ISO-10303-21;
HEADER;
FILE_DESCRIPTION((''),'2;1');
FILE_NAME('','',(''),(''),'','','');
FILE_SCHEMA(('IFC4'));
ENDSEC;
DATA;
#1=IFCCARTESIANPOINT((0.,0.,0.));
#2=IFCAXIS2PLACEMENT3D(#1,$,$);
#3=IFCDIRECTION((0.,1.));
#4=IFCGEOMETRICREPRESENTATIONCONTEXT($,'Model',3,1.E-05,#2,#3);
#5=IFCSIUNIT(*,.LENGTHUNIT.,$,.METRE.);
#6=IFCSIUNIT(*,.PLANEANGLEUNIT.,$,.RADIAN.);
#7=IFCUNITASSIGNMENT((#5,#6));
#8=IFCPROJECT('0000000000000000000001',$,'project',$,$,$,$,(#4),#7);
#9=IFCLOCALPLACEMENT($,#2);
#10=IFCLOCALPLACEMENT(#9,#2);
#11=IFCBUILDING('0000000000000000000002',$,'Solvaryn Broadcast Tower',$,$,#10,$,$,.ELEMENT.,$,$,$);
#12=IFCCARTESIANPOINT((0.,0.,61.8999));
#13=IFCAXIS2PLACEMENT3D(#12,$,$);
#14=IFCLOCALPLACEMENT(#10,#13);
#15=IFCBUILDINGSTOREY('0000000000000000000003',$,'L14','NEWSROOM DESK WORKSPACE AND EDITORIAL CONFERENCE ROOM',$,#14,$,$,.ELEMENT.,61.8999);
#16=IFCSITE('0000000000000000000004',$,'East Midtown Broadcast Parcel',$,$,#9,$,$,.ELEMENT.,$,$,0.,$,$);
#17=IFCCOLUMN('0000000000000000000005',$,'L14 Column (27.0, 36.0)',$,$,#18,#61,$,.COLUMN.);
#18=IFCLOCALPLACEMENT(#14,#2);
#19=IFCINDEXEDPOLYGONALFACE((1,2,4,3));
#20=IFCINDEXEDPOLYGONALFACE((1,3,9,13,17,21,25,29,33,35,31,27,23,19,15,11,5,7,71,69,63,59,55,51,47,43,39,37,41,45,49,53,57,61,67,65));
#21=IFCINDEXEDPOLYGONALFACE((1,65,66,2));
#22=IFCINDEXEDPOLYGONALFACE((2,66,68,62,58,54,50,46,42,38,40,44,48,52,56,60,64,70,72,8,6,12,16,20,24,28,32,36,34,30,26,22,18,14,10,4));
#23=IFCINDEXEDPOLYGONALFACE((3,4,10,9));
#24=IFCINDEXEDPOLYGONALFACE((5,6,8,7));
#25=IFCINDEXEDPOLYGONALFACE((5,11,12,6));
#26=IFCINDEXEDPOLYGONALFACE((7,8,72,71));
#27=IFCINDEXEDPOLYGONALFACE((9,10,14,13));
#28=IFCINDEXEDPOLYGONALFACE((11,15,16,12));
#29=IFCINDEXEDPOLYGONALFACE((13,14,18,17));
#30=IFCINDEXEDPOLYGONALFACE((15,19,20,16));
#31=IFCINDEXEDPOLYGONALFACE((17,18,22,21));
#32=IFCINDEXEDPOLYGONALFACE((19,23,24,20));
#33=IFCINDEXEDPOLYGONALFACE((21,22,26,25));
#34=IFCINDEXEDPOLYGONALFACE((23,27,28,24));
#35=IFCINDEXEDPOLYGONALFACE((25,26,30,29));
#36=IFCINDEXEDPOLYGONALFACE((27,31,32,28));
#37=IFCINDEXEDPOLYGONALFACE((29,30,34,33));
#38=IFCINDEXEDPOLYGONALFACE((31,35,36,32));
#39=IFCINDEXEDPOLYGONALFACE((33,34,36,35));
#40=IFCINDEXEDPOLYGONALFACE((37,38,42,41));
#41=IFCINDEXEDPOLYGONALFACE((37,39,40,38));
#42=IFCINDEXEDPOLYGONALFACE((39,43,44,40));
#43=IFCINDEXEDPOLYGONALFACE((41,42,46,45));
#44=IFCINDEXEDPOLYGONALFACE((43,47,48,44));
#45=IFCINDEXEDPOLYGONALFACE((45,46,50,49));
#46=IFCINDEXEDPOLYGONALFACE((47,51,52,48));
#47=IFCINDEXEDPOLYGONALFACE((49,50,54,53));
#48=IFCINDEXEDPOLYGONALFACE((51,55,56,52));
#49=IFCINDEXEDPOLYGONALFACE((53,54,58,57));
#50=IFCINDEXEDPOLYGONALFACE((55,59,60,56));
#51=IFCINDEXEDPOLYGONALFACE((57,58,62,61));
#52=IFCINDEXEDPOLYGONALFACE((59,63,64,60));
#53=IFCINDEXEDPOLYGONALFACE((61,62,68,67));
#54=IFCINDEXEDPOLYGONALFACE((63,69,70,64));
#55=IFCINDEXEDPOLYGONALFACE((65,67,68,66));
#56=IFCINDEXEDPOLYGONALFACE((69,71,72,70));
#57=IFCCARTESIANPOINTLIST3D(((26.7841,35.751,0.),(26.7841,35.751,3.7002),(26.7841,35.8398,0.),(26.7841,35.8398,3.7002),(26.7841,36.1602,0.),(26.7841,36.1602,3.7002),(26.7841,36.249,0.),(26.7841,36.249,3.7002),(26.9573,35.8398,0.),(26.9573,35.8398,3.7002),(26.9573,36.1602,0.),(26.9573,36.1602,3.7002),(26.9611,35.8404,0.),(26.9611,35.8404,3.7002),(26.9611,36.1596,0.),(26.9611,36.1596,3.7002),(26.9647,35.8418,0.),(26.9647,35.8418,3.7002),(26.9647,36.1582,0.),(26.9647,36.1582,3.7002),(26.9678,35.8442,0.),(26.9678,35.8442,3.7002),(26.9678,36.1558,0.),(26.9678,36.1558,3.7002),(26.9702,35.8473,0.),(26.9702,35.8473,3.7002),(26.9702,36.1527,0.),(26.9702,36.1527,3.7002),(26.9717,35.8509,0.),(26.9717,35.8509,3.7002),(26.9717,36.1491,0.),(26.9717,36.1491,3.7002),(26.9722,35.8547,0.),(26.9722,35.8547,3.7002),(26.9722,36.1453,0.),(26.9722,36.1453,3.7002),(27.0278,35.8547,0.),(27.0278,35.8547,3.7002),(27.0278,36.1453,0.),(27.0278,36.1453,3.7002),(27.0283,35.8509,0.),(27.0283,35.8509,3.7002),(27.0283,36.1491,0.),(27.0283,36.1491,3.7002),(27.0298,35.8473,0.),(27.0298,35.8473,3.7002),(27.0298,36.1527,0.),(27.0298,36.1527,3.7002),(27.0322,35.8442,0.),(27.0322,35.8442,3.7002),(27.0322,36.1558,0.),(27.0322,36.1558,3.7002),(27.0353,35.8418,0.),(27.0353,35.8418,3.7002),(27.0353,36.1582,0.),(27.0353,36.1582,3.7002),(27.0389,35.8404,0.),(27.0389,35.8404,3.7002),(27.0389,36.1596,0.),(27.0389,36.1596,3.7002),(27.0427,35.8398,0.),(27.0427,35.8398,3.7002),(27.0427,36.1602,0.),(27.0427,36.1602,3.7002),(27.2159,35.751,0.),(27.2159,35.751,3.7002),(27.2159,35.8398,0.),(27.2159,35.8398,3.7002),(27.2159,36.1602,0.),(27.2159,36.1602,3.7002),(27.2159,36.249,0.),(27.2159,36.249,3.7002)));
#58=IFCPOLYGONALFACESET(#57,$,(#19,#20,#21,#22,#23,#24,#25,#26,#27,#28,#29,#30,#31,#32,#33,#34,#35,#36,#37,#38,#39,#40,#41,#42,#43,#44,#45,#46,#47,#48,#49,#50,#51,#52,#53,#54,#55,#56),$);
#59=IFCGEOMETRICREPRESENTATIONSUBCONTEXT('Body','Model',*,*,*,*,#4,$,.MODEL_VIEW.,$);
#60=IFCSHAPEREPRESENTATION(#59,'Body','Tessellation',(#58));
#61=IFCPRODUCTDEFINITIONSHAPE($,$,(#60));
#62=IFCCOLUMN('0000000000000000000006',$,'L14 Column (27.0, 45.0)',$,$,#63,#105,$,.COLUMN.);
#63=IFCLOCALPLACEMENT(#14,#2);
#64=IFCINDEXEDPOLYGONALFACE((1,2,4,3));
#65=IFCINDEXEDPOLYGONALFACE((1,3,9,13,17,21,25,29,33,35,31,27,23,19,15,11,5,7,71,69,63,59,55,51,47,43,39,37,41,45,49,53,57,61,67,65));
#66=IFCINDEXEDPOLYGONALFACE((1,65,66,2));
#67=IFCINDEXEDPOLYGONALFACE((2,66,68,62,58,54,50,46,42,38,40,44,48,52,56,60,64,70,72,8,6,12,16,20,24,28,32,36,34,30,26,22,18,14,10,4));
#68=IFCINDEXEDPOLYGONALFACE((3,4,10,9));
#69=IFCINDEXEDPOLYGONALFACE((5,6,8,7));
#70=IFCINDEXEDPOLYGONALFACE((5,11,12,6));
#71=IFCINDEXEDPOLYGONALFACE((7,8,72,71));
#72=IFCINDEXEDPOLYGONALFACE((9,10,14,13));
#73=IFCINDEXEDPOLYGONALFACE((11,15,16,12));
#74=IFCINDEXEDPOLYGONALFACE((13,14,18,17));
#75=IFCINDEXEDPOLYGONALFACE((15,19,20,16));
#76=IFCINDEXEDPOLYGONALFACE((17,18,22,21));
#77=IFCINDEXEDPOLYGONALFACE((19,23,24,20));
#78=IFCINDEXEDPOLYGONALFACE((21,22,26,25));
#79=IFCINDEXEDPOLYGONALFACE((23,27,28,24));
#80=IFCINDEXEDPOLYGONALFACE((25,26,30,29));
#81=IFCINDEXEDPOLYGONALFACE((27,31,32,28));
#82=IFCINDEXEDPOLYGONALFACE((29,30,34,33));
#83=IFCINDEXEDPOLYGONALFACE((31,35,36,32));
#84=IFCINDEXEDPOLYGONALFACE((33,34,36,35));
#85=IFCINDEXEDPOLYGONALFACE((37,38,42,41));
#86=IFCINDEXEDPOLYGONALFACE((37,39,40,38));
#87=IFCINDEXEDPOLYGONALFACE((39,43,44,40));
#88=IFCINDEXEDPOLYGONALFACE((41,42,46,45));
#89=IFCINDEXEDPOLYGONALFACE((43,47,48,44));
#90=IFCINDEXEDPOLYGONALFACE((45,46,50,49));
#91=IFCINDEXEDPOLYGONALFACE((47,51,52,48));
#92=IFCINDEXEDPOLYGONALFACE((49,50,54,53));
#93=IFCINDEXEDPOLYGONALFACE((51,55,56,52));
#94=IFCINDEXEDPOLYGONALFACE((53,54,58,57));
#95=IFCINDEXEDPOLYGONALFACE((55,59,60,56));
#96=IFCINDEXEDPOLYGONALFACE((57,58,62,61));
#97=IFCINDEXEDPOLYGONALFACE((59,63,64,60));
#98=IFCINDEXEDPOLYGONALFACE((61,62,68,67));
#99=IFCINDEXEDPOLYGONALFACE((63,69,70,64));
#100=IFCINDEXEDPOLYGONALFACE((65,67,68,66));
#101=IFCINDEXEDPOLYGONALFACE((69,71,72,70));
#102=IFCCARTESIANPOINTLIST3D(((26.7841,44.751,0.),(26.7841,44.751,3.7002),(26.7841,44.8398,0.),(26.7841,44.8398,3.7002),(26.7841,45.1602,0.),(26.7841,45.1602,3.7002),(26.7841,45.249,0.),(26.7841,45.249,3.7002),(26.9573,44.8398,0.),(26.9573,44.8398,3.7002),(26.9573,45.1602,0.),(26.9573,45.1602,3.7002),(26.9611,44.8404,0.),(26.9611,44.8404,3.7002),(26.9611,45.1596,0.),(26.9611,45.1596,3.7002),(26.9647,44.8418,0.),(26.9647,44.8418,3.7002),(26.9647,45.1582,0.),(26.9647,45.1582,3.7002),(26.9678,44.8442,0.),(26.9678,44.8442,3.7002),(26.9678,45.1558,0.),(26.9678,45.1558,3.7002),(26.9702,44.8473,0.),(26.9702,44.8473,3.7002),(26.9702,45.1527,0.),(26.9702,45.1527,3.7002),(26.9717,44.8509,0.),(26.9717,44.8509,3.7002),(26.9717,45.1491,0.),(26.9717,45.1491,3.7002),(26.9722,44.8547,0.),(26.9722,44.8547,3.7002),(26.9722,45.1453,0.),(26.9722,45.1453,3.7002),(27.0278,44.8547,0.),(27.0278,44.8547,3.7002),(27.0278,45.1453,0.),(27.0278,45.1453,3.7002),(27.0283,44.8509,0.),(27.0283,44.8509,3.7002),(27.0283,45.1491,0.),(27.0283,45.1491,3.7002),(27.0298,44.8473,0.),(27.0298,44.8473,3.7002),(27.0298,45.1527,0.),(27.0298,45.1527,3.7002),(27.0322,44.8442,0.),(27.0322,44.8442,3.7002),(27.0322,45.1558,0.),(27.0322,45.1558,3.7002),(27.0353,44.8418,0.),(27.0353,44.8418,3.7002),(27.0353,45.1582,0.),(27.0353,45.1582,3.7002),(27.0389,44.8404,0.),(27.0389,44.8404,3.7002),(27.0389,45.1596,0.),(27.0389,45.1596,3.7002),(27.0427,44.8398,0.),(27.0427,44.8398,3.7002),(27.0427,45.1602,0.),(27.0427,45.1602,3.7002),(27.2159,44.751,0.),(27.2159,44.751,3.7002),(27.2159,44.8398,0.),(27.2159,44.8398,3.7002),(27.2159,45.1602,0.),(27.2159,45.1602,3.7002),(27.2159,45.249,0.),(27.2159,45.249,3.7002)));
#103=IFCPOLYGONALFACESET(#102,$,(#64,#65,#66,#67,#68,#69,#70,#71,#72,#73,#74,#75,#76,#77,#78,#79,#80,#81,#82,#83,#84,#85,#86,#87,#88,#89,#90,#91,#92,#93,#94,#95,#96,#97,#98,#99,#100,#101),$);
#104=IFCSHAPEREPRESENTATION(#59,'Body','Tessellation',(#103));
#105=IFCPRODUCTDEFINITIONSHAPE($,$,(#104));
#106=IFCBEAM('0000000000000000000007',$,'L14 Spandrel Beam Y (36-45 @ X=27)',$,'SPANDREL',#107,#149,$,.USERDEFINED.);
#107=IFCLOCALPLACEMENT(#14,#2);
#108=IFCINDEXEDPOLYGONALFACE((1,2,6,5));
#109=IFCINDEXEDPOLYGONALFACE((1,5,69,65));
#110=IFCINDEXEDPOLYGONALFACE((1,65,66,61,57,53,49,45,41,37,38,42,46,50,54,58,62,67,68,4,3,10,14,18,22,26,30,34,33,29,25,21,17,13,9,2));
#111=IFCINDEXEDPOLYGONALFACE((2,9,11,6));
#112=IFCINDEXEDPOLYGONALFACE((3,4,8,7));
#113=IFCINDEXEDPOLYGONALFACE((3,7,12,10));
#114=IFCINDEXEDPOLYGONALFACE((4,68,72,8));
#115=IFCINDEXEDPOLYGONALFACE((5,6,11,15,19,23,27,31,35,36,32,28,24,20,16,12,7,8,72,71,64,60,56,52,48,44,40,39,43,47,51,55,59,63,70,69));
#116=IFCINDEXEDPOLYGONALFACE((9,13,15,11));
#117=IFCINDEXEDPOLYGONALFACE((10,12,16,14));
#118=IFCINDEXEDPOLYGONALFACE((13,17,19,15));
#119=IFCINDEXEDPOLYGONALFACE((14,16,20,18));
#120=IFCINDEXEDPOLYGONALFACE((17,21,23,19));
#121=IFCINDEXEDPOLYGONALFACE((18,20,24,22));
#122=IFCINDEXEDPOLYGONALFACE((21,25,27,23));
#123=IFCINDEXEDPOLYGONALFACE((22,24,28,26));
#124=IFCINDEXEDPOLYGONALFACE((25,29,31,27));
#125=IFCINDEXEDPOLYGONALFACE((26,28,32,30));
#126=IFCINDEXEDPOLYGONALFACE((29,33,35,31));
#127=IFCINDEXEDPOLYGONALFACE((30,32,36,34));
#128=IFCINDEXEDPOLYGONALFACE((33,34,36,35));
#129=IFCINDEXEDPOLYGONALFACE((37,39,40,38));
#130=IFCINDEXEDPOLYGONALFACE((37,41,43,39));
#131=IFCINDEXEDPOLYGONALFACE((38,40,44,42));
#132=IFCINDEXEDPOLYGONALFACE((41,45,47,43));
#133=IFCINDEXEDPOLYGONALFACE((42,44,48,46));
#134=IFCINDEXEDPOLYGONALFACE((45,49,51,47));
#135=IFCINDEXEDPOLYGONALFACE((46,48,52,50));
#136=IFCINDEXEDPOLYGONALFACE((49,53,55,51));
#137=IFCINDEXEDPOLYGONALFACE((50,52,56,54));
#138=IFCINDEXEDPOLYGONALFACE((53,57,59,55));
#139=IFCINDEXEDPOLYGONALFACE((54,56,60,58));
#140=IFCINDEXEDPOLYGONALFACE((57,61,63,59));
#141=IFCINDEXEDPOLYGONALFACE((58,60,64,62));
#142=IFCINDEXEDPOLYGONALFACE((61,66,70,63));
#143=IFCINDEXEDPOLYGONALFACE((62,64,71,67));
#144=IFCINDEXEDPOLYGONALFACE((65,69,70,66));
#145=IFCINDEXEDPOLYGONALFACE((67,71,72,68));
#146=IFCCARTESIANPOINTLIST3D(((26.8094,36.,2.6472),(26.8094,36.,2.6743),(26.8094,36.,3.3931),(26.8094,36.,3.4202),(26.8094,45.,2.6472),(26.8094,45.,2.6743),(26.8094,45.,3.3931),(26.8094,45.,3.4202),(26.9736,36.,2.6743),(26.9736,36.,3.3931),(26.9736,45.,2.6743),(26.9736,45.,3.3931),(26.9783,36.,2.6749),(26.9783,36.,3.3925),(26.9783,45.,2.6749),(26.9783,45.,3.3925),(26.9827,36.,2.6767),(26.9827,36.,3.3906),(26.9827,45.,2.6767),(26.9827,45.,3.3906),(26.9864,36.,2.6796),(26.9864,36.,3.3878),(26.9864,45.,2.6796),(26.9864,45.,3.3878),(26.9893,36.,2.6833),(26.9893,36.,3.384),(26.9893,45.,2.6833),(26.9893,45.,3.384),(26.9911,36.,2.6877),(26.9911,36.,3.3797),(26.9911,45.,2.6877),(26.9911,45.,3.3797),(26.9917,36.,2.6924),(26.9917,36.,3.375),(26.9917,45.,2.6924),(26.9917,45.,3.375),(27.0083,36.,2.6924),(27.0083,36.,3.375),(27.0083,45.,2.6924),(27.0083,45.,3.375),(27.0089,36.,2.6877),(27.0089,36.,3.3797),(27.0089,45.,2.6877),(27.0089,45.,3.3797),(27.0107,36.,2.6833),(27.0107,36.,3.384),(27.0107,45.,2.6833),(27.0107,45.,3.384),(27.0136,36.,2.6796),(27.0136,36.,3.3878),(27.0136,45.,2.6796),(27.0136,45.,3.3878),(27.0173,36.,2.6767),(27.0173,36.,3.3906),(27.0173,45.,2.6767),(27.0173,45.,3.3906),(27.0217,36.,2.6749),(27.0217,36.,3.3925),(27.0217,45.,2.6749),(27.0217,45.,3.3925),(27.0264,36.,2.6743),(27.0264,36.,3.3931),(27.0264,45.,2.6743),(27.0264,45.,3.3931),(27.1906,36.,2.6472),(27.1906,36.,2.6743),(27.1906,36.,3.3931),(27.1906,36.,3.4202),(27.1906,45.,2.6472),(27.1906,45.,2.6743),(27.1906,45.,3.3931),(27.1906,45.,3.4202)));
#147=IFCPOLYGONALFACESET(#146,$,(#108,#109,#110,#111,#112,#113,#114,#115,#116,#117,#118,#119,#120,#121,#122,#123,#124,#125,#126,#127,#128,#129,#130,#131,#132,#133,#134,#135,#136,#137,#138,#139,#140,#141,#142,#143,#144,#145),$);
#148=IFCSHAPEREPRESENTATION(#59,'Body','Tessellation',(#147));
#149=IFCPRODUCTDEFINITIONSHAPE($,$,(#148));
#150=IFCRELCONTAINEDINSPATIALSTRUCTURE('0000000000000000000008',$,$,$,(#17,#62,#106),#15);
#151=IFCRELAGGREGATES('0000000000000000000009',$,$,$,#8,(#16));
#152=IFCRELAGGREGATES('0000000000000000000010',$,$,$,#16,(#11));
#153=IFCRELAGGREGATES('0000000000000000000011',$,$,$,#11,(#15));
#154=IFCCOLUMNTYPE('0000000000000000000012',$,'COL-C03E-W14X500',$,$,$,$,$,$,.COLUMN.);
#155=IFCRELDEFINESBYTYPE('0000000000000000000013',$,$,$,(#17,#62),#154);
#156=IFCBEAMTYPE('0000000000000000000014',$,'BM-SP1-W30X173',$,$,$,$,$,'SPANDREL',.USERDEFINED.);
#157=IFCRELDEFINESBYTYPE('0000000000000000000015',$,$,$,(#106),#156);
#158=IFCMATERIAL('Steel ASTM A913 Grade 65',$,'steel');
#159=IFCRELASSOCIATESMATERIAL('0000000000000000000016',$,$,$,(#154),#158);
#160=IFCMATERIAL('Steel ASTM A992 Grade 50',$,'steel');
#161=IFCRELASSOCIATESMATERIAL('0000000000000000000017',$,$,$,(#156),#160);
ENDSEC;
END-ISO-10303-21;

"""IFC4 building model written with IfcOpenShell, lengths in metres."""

from ifc_helpers import new_model, si_unit, direction, frame, origin, origin_2d, place, context, subcontext, project, spatial, i_section, extrude, material, material_profile, profile_set, type_object, element, save


model = new_model("IFC4")

# Units and contexts
model_context = context("Model", 3, precision=1e-05, world=origin(), true_north=direction((0.0, 1.0)))
body_context = subcontext(model_context, "Body", "Model", "MODEL_VIEW")
ifc_project = project(units=[si_unit("LENGTHUNIT", "METRE"), si_unit("PLANEANGLEUNIT", "RADIAN")], contexts=[model_context])

# Site, building, storey
site_placement = place(None, origin())
site = spatial("IfcSite", under=ifc_project, at=site_placement, Name="East Midtown Broadcast Parcel", CompositionType="ELEMENT", RefElevation=0.0)
building_placement = place(site_placement, origin())
building = spatial("IfcBuilding", under=site, at=building_placement, Name="Solvaryn Broadcast Tower", CompositionType="ELEMENT")
storey_placement = place(building_placement, frame((0.0, 0.0, 61.8999)))
storey = spatial("IfcBuildingStorey", under=building, at=storey_placement, Name="L14", Description="NEWSROOM DESK WORKSPACE AND EDITORIAL CONFERENCE ROOM", CompositionType="ELEMENT", Elevation=61.8999)

# Columns
ifc_material_1 = material(Name="Steel ASTM A913 Grade 65", Category="steel")
ifc_material_profile_1 = material_profile(ifc_material_1, i_section(OverallWidth=0.4319, OverallDepth=0.498, WebThickness=0.0557, FlangeThickness=0.0889, FilletRadius=0.0149, at=origin_2d()))
ifc_profile_set_1 = profile_set([ifc_material_profile_1], Name="Steel ASTM A913 Grade 65")
column_type = type_object("IfcColumnType", Name="COL-C03E-W14X500", PredefinedType="COLUMN", material=ifc_profile_set_1)
for number, where, z_axis, x_axis, name in (
    (1, (27.0, 36.0, 0.0), (0.0, 0.0, 1.0), (1.0, 0.0, 0.0), "L14 Column (27.0, 36.0)"),
    (2, (27.0, 45.0, 0.0), (0.0, 0.0, 1.0), (1.0, 0.0, 0.0), "L14 Column (27.0, 45.0)"),
):
    element("IfcColumn", number, at=place(storey_placement, frame(where, z_axis=z_axis, x_axis=x_axis)), inside=storey, type_object=column_type, Name=name, PredefinedType="COLUMN", context=body_context, shape_type="SweptSolid", body=[
        extrude(i_section(OverallWidth=0.4319, OverallDepth=0.498, WebThickness=0.0557, FlangeThickness=0.0889, FilletRadius=0.0149, at=origin_2d()), origin(), (0.0, 0.0, 1.0), 3.7002),
    ])

# Beam
ifc_material_2 = material(Name="Steel ASTM A992 Grade 50", Category="steel")
ifc_material_profile_2 = material_profile(ifc_material_2, i_section(OverallWidth=0.3811, OverallDepth=0.7729, WebThickness=0.0166, FlangeThickness=0.0271, FilletRadius=0.0181, at=origin_2d()))
ifc_profile_set_2 = profile_set([ifc_material_profile_2], Name="Steel ASTM A992 Grade 50")
beam_type = type_object("IfcBeamType", Name="BM-SP1-W30X173", ElementType="SPANDREL", PredefinedType="USERDEFINED", material=ifc_profile_set_2)
beam_placement = place(storey_placement, frame((27.0, 36.0, 3.0337), z_axis=(0.0, 1.0, 0.0), x_axis=(-1.0, 0.0, 0.0)))
element("IfcBeam", 3, at=beam_placement, inside=storey, type_object=beam_type, Name="L14 Spandrel Beam Y (36-45 @ X=27)", ObjectType="SPANDREL", PredefinedType="USERDEFINED", context=body_context, shape_type="SweptSolid", body=[
    extrude(i_section(OverallWidth=0.3811, OverallDepth=0.7729, WebThickness=0.0166, FlangeThickness=0.0271, FilletRadius=0.0181, at=origin_2d()), origin(), (0.0, 0.0, 1.0), 9.0),
])

save(model, "model.ifc")
